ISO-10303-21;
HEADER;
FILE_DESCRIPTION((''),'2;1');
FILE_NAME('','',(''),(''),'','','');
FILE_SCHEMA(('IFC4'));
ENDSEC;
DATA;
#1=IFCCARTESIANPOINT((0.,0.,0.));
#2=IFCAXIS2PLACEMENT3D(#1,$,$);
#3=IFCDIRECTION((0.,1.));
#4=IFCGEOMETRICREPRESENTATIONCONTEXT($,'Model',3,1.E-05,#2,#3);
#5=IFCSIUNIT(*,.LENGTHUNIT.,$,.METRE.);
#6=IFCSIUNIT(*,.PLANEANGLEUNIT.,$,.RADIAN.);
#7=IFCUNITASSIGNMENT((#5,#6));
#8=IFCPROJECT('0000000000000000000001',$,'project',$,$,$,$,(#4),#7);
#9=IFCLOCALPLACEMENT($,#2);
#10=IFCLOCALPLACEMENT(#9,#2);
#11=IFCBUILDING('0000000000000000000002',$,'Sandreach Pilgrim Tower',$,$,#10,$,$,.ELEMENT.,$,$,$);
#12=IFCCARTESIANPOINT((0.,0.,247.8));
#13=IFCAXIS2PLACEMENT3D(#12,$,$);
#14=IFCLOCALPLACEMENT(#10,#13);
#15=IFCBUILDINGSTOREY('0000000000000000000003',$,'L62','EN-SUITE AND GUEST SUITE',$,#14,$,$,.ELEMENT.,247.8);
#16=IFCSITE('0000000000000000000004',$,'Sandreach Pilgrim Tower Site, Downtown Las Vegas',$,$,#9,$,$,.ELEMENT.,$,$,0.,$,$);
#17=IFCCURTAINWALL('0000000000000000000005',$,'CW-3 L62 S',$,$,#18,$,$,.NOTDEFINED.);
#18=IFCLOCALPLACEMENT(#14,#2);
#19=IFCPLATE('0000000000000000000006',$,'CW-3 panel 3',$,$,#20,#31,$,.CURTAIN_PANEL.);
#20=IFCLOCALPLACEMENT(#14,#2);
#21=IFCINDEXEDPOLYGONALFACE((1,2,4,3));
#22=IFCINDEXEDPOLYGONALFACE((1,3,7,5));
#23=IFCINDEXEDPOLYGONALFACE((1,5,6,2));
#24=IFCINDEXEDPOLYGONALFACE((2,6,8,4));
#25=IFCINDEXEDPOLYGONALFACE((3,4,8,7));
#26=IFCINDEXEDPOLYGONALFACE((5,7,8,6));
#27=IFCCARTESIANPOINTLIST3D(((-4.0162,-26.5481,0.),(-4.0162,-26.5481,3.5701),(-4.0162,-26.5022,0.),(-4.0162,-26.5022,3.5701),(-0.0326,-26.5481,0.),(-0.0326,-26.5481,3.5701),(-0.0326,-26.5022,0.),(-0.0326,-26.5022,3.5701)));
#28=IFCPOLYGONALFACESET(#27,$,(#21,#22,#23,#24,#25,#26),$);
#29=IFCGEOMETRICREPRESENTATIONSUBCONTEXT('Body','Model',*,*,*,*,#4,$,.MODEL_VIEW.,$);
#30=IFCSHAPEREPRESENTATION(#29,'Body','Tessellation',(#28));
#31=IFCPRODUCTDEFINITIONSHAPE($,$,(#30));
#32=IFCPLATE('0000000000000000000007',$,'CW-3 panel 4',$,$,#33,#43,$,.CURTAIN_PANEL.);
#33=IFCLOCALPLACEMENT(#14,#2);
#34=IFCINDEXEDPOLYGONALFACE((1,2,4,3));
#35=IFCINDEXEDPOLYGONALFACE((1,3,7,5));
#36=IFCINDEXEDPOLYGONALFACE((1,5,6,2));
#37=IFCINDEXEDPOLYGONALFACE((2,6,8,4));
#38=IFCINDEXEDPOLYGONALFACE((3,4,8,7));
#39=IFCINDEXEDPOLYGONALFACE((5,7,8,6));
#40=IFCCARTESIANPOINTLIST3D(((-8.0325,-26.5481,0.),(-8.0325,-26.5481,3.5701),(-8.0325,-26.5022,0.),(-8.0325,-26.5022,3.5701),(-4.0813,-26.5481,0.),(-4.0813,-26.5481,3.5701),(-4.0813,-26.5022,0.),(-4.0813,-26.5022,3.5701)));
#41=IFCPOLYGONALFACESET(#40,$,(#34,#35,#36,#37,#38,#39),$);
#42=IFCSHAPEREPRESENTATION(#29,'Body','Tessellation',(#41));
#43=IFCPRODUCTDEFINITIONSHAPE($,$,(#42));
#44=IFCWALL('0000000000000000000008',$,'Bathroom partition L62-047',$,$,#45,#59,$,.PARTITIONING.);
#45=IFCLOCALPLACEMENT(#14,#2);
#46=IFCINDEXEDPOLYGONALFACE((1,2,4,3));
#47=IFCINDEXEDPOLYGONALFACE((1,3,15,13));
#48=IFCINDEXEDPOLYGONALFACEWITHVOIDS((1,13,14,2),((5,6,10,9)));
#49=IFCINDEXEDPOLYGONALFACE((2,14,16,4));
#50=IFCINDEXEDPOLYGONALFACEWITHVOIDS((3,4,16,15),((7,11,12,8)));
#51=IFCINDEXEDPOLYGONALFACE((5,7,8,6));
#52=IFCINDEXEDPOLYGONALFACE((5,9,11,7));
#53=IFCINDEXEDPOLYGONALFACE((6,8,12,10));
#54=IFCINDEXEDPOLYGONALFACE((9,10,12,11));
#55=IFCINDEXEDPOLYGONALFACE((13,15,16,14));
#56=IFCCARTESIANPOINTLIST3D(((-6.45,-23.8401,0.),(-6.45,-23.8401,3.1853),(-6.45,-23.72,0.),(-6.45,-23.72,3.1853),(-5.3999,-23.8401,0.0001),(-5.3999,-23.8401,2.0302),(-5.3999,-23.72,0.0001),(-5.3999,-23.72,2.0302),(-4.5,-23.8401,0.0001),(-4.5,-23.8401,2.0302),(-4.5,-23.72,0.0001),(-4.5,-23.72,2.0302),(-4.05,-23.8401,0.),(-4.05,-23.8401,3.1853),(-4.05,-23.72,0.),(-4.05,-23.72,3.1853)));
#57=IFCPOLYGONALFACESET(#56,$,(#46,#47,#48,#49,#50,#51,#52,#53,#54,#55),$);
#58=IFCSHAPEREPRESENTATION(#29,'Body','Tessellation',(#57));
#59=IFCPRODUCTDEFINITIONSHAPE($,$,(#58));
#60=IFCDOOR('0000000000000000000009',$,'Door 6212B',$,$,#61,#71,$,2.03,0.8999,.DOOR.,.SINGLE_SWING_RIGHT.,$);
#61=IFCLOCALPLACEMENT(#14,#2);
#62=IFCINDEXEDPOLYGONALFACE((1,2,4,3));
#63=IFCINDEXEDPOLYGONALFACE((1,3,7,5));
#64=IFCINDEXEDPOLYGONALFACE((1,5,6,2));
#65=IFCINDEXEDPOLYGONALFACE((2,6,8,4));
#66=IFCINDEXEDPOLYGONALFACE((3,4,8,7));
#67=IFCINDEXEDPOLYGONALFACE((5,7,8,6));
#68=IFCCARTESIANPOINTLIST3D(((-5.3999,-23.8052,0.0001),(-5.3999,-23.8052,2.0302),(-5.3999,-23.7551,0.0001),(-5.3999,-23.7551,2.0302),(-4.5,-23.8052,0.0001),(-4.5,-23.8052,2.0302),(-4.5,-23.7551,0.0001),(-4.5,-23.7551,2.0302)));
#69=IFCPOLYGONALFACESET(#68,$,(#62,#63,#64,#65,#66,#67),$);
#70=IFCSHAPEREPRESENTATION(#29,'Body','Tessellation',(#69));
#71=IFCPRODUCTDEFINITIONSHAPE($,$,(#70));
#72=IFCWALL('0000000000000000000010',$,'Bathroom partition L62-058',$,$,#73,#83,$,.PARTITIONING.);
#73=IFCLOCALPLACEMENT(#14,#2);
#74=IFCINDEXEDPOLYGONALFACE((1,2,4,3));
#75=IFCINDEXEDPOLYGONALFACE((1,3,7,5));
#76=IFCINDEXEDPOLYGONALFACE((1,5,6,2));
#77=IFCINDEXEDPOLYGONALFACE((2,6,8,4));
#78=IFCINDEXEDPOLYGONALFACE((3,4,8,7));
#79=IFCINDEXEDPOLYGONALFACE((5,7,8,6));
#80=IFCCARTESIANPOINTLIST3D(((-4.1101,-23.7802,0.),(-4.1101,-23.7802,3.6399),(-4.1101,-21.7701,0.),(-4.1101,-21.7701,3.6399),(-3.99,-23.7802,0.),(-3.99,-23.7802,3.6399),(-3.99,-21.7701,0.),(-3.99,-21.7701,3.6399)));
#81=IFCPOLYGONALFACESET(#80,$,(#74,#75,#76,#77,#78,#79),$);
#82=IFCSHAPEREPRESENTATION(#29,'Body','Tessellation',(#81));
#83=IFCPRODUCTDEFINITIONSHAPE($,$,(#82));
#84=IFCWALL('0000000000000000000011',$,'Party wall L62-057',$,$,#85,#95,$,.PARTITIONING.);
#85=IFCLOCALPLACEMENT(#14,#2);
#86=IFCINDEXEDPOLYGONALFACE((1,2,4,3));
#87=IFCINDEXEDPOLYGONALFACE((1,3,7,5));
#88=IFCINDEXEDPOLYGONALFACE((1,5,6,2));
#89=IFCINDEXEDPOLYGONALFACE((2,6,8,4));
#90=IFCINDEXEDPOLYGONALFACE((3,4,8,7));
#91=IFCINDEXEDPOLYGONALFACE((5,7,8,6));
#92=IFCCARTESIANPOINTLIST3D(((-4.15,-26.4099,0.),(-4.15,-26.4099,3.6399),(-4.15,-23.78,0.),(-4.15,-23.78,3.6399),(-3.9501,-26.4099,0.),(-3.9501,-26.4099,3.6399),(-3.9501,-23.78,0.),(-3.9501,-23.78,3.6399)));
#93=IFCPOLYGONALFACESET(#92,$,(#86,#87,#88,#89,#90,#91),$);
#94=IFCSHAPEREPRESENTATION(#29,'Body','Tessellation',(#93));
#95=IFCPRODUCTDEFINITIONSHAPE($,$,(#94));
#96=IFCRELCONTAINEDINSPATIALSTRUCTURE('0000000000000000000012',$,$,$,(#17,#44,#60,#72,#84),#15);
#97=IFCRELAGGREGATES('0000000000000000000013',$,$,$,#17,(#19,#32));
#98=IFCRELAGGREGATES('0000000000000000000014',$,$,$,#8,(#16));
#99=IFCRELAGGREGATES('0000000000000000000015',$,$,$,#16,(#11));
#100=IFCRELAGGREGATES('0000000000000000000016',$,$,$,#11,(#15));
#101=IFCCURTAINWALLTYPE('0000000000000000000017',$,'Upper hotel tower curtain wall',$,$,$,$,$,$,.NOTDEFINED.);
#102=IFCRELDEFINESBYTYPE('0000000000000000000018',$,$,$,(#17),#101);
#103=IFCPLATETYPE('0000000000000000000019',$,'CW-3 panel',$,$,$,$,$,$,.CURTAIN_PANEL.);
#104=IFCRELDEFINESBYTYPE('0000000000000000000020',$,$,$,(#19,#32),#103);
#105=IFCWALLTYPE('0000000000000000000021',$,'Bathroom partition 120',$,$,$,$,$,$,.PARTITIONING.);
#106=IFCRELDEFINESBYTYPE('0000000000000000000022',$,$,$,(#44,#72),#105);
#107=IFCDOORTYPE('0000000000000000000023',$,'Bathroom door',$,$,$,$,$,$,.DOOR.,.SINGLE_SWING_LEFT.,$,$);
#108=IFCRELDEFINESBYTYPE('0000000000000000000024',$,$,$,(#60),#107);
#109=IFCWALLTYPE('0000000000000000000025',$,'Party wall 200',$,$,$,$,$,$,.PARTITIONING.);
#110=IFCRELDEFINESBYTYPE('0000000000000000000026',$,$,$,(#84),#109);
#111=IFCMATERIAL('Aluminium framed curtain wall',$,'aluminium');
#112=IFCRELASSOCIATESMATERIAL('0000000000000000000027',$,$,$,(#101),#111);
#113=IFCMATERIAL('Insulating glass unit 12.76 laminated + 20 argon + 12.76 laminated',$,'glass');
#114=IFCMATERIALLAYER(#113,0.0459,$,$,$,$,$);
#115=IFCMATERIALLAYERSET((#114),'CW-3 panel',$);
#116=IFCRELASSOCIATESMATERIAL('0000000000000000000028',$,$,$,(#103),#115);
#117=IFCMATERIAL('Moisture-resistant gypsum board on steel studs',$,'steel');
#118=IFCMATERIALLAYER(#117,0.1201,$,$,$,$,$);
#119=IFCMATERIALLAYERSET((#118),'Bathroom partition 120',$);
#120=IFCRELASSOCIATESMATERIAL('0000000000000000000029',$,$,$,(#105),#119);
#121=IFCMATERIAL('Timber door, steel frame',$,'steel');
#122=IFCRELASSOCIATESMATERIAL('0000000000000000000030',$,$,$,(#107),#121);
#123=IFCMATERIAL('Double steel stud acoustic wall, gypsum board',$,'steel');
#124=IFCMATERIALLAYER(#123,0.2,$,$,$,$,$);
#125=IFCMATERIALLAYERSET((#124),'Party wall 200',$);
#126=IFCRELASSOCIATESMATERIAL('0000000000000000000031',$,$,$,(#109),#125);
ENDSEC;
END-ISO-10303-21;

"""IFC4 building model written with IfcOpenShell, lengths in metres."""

from ifc_helpers import new_model, si_unit, direction, frame, frame_2d, origin, origin_2d, place, context, subcontext, project, spatial, rectangle, extrude, material, layer, layer_set, type_object, element, fill, aggregate, save


model = new_model("IFC4")

# Units and contexts
model_context = context("Model", 3, precision=1e-05, world=origin(), true_north=direction((0.0, 1.0)))
body_context = subcontext(model_context, "Body", "Model", "MODEL_VIEW")
ifc_project = project(units=[si_unit("LENGTHUNIT", "METRE"), si_unit("PLANEANGLEUNIT", "RADIAN")], contexts=[model_context])

# Site, building, storey
site_placement = place(None, origin())
site = spatial("IfcSite", under=ifc_project, at=site_placement, Name="Sandreach Pilgrim Tower Site, Downtown Las Vegas", CompositionType="ELEMENT", RefElevation=0.0)
building_placement = place(site_placement, origin())
building = spatial("IfcBuilding", under=site, at=building_placement, Name="Sandreach Pilgrim Tower", CompositionType="ELEMENT")
storey_placement = place(building_placement, frame((0.0, 0.0, 247.8)))
storey = spatial("IfcBuildingStorey", under=building, at=storey_placement, Name="L62", Description="EN-SUITE AND GUEST SUITE", CompositionType="ELEMENT", Elevation=247.8)

# Curtain wall
ifc_material_1 = material(Name="Aluminium framed curtain wall", Category="aluminium")
curtain_wall_type = type_object("IfcCurtainWallType", Name="Upper hotel tower curtain wall", PredefinedType="NOTDEFINED", material=ifc_material_1)
curtain_wall_placement = place(storey_placement, origin())
curtain_wall = element("IfcCurtainWall", 1, at=curtain_wall_placement, inside=storey, type_object=curtain_wall_type, Name="CW-3 L62 S", PredefinedType="NOTDEFINED")

# Plates
ifc_material_2 = material(Name="Insulating glass unit 12.76 laminated + 20 argon + 12.76 laminated", Category="glass")
ifc_layer_1 = layer(ifc_material_2, 0.0459)
ifc_layer_set_1 = layer_set([ifc_layer_1], Name="CW-3 panel")
plate_type = type_object("IfcPlateType", Name="CW-3 panel", PredefinedType="CURTAIN_PANEL", material=ifc_layer_set_1)
plate_1_placement = place(storey_placement, frame((-2.0244, -26.5251, 0.0), z_axis=(0.0, 0.0, 1.0), x_axis=(-1.0, 0.0, 0.0)))
plate_1 = element("IfcPlate", 2, at=plate_1_placement, type_object=plate_type, Name="CW-3 panel 3", PredefinedType="CURTAIN_PANEL", context=body_context, shape_type="SweptSolid", body=[
    extrude(rectangle(XDim=3.9836, YDim=0.0459, at=origin_2d()), origin(), (0.0, 0.0, 1.0), 3.5701),
])
plate_2_placement = place(storey_placement, frame((-6.0569, -26.5251, 0.0), z_axis=(0.0, 0.0, 1.0), x_axis=(-1.0, 0.0, 0.0)))
plate_2 = element("IfcPlate", 3, at=plate_2_placement, type_object=plate_type, Name="CW-3 panel 4", PredefinedType="CURTAIN_PANEL", context=body_context, shape_type="SweptSolid", body=[
    extrude(rectangle(XDim=3.9512, YDim=0.0459, at=origin_2d()), origin(), (0.0, 0.0, 1.0), 3.5701),
])
aggregate(curtain_wall, [plate_1, plate_2])

# Wall, opening, door
ifc_material_3 = material(Name="Moisture-resistant gypsum board on steel studs", Category="steel")
ifc_layer_2 = layer(ifc_material_3, 0.1201)
ifc_layer_set_2 = layer_set([ifc_layer_2], Name="Bathroom partition 120")
wall_type_1 = type_object("IfcWallType", Name="Bathroom partition 120", PredefinedType="PARTITIONING", material=ifc_layer_set_2)
wall_1_placement = place(storey_placement, frame((-6.45, -23.78, 0.0), z_axis=(0.0, 0.0, 1.0), x_axis=(1.0, 0.0, 0.0)))
wall_1 = element("IfcWall", 4, at=wall_1_placement, inside=storey, type_object=wall_type_1, Name="Bathroom partition L62-047", PredefinedType="PARTITIONING", context=body_context, shape_type="SweptSolid", body=[
    extrude(rectangle(XDim=2.3999, YDim=0.1201, at=frame_2d((1.2, 0.0))), origin(), (0.0, 0.0, 1.0), 3.1853),
])
opening_placement = place(wall_1_placement, frame((1.05, 0.0, 0.0)))
opening = element("IfcOpeningElement", 5, at=opening_placement, cuts=wall_1, PredefinedType="OPENING", context=body_context, shape_type="SweptSolid", body=[
    extrude(rectangle(XDim=0.8999, YDim=2.03, at=frame_2d((0.45, 1.0151))), frame((0.0, 0.0601, 0.0), z_axis=(0.0, -1.0, 0.0), x_axis=(1.0, 0.0, 0.0)), (0.0, 0.0, 1.0), 0.1201),
])
ifc_material_4 = material(Name="Timber door, steel frame", Category="steel")
door_type = type_object("IfcDoorType", Name="Bathroom door", OperationType="SINGLE_SWING_LEFT", PredefinedType="DOOR", material=ifc_material_4)
door_placement = place(opening_placement, origin())
door = element("IfcDoor", 6, at=door_placement, inside=storey, type_object=door_type, Name="Door 6212B", OperationType="SINGLE_SWING_RIGHT", OverallHeight=2.03, OverallWidth=0.8999, PredefinedType="DOOR", context=body_context, shape_type="SweptSolid", body=[
    extrude(rectangle(XDim=0.8999, YDim=2.03, at=frame_2d((0.45, 1.0151))), frame((0.0, 0.0249, 0.0), z_axis=(0.0, -1.0, 0.0), x_axis=(1.0, 0.0, 0.0)), (0.0, 0.0, 1.0), 0.05),
])
fill(opening, door)

# Walls
wall_2_placement = place(storey_placement, frame((-4.05, -23.78, 0.0), z_axis=(0.0, 0.0, 1.0), x_axis=(0.0, 1.0, 0.0)))
element("IfcWall", 7, at=wall_2_placement, inside=storey, type_object=wall_type_1, Name="Bathroom partition L62-058", PredefinedType="PARTITIONING", context=body_context, shape_type="SweptSolid", body=[
    extrude(rectangle(XDim=2.01, YDim=0.1201, at=frame_2d((1.0049, 0.0))), origin(), (0.0, 0.0, 1.0), 3.6399),
])
ifc_material_5 = material(Name="Double steel stud acoustic wall, gypsum board", Category="steel")
ifc_layer_3 = layer(ifc_material_5, 0.2)
ifc_layer_set_3 = layer_set([ifc_layer_3], Name="Party wall 200")
wall_type_2 = type_object("IfcWallType", Name="Party wall 200", PredefinedType="PARTITIONING", material=ifc_layer_set_3)
wall_3_placement = place(storey_placement, frame((-4.05, -26.4099, 0.0), z_axis=(0.0, 0.0, 1.0), x_axis=(0.0, 1.0, 0.0)))
element("IfcWall", 8, at=wall_3_placement, inside=storey, type_object=wall_type_2, Name="Party wall L62-057", PredefinedType="PARTITIONING", context=body_context, shape_type="SweptSolid", body=[
    extrude(rectangle(XDim=2.6299, YDim=0.2, at=frame_2d((1.3149, 0.0))), origin(), (0.0, 0.0, 1.0), 3.6399),
])

save(model, "model.ifc")
